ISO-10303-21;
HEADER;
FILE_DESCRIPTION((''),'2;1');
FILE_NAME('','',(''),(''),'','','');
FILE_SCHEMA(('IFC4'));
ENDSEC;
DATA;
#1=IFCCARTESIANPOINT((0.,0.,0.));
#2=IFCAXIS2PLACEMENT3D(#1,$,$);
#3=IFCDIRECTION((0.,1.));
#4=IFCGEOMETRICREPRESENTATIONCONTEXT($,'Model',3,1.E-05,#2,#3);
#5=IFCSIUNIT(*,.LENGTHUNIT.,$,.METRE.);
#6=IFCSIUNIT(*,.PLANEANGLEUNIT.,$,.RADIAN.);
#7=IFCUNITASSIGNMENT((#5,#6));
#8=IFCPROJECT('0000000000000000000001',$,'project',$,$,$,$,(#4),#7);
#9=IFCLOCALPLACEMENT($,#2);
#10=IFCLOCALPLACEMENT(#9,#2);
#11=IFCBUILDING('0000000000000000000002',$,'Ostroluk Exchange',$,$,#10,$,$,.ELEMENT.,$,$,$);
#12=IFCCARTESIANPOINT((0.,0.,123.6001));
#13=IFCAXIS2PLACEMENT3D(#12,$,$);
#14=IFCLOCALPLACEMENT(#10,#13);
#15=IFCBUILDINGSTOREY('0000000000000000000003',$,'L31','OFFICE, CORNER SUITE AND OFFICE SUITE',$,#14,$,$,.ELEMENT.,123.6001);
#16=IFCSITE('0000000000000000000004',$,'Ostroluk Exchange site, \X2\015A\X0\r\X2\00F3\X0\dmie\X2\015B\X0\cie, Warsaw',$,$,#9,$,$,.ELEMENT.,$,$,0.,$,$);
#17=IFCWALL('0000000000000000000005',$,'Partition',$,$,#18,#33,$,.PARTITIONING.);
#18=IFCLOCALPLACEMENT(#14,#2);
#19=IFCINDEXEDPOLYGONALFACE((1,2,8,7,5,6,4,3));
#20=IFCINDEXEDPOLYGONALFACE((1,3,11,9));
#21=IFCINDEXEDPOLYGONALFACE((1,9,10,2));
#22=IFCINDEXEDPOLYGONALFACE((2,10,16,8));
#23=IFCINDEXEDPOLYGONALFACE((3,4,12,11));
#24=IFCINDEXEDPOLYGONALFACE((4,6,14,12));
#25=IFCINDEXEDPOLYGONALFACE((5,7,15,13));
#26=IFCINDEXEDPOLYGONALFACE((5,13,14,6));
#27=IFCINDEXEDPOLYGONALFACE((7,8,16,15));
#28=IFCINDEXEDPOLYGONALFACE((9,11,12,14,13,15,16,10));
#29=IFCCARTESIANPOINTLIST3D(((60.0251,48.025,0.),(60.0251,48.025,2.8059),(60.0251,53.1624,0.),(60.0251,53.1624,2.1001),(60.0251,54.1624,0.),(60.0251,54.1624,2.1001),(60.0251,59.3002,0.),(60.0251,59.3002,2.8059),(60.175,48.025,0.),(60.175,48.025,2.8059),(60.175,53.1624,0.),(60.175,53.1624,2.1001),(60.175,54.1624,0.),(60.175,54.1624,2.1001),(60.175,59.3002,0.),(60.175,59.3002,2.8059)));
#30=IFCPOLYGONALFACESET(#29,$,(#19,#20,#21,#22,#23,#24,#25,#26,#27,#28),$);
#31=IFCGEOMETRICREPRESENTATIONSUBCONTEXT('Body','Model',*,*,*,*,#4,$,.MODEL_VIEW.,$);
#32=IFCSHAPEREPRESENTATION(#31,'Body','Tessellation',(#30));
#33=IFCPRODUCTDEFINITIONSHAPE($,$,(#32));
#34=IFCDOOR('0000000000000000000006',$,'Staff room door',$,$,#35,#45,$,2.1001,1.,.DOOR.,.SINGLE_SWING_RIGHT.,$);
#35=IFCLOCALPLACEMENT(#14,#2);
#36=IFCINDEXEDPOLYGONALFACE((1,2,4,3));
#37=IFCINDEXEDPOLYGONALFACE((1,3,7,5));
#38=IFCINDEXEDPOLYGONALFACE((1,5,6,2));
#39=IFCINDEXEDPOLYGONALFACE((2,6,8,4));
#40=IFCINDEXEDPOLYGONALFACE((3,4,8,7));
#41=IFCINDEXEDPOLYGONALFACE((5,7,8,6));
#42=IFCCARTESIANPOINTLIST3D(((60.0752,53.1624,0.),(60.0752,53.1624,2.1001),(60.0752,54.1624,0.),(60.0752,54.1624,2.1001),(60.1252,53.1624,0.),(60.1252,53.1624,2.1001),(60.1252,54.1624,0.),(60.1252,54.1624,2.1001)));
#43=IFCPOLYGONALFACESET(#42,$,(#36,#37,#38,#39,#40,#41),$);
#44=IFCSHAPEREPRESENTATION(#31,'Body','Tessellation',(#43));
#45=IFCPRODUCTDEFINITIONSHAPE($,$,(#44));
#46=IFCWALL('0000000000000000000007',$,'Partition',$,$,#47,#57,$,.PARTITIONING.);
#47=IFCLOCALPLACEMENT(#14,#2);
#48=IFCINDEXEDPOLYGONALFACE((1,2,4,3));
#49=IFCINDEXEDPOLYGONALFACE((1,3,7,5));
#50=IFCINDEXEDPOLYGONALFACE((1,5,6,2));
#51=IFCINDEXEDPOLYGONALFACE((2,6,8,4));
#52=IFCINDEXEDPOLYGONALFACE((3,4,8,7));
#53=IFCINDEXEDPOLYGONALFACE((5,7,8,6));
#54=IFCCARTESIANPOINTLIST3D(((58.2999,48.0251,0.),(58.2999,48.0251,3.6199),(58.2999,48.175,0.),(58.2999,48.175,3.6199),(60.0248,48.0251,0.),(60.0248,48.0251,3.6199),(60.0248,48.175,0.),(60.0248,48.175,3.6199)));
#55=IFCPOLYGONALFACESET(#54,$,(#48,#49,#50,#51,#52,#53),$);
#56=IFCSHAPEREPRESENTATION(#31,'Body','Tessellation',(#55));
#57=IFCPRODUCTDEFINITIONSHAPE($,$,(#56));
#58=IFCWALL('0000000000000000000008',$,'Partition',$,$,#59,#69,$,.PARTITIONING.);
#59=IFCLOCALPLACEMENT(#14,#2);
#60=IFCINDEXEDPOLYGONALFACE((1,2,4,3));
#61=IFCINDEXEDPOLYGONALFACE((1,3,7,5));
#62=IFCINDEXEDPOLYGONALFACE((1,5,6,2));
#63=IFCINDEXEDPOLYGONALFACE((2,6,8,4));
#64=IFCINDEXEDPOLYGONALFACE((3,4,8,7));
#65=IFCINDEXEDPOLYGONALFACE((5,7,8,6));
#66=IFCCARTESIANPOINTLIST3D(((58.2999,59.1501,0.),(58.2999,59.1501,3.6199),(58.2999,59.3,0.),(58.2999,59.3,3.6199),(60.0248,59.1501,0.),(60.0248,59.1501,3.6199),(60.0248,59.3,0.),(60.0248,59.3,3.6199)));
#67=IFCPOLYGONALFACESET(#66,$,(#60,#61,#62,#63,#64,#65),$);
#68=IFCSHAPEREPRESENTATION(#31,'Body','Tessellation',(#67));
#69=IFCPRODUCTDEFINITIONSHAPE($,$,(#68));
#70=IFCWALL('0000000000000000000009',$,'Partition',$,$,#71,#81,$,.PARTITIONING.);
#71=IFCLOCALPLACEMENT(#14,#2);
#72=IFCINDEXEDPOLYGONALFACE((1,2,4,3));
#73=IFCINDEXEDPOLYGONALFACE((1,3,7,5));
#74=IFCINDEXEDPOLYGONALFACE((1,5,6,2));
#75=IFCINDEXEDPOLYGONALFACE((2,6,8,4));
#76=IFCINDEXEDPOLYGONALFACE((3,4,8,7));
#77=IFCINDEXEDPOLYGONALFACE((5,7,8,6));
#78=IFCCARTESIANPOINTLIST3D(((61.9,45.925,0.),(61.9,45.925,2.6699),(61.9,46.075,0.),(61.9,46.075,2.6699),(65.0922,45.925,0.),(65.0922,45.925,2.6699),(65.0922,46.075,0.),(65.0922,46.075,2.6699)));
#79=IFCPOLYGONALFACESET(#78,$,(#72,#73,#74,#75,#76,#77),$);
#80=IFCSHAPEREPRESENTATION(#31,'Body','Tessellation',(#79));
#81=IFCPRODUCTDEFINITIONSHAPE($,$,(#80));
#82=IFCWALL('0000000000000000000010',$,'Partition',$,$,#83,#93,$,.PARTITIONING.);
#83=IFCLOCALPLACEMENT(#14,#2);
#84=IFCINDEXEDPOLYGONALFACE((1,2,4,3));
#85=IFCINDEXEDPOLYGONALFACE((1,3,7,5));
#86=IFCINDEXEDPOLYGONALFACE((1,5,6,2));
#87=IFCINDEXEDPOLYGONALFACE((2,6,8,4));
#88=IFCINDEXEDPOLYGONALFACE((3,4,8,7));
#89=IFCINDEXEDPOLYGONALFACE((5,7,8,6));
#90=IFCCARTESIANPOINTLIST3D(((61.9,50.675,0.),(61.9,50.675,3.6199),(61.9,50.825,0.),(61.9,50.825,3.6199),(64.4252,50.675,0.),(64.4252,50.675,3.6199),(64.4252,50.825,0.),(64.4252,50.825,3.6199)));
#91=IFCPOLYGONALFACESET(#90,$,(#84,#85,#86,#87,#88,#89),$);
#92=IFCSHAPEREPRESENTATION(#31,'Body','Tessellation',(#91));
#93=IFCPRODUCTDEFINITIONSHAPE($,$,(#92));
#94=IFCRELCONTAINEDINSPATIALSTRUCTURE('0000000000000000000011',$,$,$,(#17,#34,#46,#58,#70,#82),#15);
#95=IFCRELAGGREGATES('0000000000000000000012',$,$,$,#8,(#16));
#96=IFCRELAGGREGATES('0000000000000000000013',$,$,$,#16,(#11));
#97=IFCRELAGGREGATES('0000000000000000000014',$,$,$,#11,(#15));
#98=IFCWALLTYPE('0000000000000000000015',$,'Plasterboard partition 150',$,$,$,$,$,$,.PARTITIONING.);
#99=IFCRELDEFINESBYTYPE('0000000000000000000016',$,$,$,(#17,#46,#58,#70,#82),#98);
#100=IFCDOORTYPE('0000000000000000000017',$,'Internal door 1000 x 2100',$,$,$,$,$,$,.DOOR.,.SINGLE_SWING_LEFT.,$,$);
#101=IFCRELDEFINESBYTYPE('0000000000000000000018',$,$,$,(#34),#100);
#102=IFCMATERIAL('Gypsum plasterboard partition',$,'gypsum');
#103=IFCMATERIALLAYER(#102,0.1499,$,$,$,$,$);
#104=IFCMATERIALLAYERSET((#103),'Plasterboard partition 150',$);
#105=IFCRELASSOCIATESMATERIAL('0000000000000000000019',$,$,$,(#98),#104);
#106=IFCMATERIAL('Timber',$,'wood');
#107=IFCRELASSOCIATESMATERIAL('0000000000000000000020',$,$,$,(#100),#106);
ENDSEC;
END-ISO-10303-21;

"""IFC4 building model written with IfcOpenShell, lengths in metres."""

from ifc_helpers import new_model, si_unit, direction, frame, frame_2d, origin, place, context, subcontext, project, spatial, rectangle, extrude, material, layer, layer_set, type_object, element, fill, save


model = new_model("IFC4")

# Units and contexts
model_context = context("Model", 3, precision=1e-05, world=origin(), true_north=direction((0.0, 1.0)))
body_context = subcontext(model_context, "Body", "Model", "MODEL_VIEW")
ifc_project = project(units=[si_unit("LENGTHUNIT", "METRE"), si_unit("PLANEANGLEUNIT", "RADIAN")], contexts=[model_context])

# Site, building, storey
site_placement = place(None, origin())
site = spatial("IfcSite", under=ifc_project, at=site_placement, Name="Ostroluk Exchange site, Śródmieście, Warsaw", CompositionType="ELEMENT", RefElevation=0.0)
building_placement = place(site_placement, origin())
building = spatial("IfcBuilding", under=site, at=building_placement, Name="Ostroluk Exchange", CompositionType="ELEMENT")
storey_placement = place(building_placement, frame((0.0, 0.0, 123.6001)))
storey = spatial("IfcBuildingStorey", under=building, at=storey_placement, Name="L31", Description="OFFICE, CORNER SUITE AND OFFICE SUITE", CompositionType="ELEMENT", Elevation=123.6001)

# Wall, opening, door
ifc_material_1 = material(Name="Gypsum plasterboard partition", Category="gypsum")
ifc_layer_1 = layer(ifc_material_1, 0.1499)
ifc_layer_set_1 = layer_set([ifc_layer_1], Name="Plasterboard partition 150")
wall_type_1 = type_object("IfcWallType", Name="Plasterboard partition 150", PredefinedType="PARTITIONING", material=ifc_layer_set_1)
wall_1_placement = place(storey_placement, frame((60.1001, 48.0249, 0.0), z_axis=(0.0, 0.0, 1.0), x_axis=(0.0, 1.0, 0.0)))
wall_1 = element("IfcWall", 1, at=wall_1_placement, inside=storey, type_object=wall_type_1, Name="Partition", PredefinedType="PARTITIONING", context=body_context, shape_type="SweptSolid", body=[
    extrude(rectangle(XDim=11.2751, YDim=0.1499, at=frame_2d((5.6377, 0.0))), origin(), (0.0, 0.0, 1.0), 2.8059),
])
opening_1_placement = place(wall_1_placement, frame((5.1375, 0.0, 0.0)))
opening_1 = element("IfcOpeningElement", 2, at=opening_1_placement, cuts=wall_1, PredefinedType="OPENING", context=body_context, shape_type="SweptSolid", body=[
    extrude(rectangle(XDim=1.0, YDim=2.1001, at=frame_2d((0.5, 1.05))), frame((0.0, 0.085, 0.0), z_axis=(0.0, -1.0, 0.0), x_axis=(1.0, 0.0, 0.0)), (0.0, 0.0, 1.0), 0.1699),
])
ifc_material_2 = material(Name="Timber", Category="wood")
door_type_1 = type_object("IfcDoorType", Name="Internal door 1000 x 2100", OperationType="SINGLE_SWING_LEFT", PredefinedType="DOOR", material=ifc_material_2)
door_1_placement = place(opening_1_placement, origin())
door_1 = element("IfcDoor", 3, at=door_1_placement, inside=storey, type_object=door_type_1, Name="Staff room door", OperationType="SINGLE_SWING_RIGHT", OverallHeight=2.1001, OverallWidth=1.0, PredefinedType="DOOR", context=body_context, shape_type="SweptSolid", body=[
    extrude(rectangle(XDim=1.0, YDim=2.1001, at=frame_2d((0.5, 1.05))), frame((0.0, 0.0249, 0.0), z_axis=(0.0, -1.0, 0.0), x_axis=(1.0, 0.0, 0.0)), (0.0, 0.0, 1.0), 0.05),
])
fill(opening_1, door_1)

# Walls
for number, where, z_axis, x_axis, name in (
    (4, (58.3, 48.1001, 0.0), (0.0, 0.0, 1.0), (1.0, 0.0, 0.0), "Partition"),
    (5, (58.3, 59.2251, 0.0), (0.0, 0.0, 1.0), (1.0, 0.0, 0.0), "Partition"),
):
    element("IfcWall", number, at=place(storey_placement, frame(where, z_axis=z_axis, x_axis=x_axis)), inside=storey, type_object=wall_type_1, Name=name, PredefinedType="PARTITIONING", context=body_context, shape_type="SweptSolid", body=[
        extrude(rectangle(XDim=1.7249, YDim=0.1499, at=frame_2d((0.8623, 0.0))), origin(), (0.0, 0.0, 1.0), 3.6199),
    ])
wall_2_placement = place(storey_placement, frame((61.8999, 46.0, 0.0), z_axis=(0.0, 0.0, 1.0), x_axis=(1.0, 0.0, 0.0)))
element("IfcWall", 6, at=wall_2_placement, inside=storey, type_object=wall_type_1, Name="Partition", PredefinedType="PARTITIONING", context=body_context, shape_type="SweptSolid", body=[
    extrude(rectangle(XDim=3.1921, YDim=0.1499, at=frame_2d((1.5962, 0.0))), origin(), (0.0, 0.0, 1.0), 2.6699),
])
wall_3_placement = place(storey_placement, frame((61.8999, 50.75, 0.0), z_axis=(0.0, 0.0, 1.0), x_axis=(1.0, 0.0, 0.0)))
element("IfcWall", 7, at=wall_3_placement, inside=storey, type_object=wall_type_1, Name="Partition", PredefinedType="PARTITIONING", context=body_context, shape_type="SweptSolid", body=[
    extrude(rectangle(XDim=2.5251, YDim=0.1499, at=frame_2d((1.2627, 0.0))), origin(), (0.0, 0.0, 1.0), 3.6199),
])

save(model, "model.ifc")
